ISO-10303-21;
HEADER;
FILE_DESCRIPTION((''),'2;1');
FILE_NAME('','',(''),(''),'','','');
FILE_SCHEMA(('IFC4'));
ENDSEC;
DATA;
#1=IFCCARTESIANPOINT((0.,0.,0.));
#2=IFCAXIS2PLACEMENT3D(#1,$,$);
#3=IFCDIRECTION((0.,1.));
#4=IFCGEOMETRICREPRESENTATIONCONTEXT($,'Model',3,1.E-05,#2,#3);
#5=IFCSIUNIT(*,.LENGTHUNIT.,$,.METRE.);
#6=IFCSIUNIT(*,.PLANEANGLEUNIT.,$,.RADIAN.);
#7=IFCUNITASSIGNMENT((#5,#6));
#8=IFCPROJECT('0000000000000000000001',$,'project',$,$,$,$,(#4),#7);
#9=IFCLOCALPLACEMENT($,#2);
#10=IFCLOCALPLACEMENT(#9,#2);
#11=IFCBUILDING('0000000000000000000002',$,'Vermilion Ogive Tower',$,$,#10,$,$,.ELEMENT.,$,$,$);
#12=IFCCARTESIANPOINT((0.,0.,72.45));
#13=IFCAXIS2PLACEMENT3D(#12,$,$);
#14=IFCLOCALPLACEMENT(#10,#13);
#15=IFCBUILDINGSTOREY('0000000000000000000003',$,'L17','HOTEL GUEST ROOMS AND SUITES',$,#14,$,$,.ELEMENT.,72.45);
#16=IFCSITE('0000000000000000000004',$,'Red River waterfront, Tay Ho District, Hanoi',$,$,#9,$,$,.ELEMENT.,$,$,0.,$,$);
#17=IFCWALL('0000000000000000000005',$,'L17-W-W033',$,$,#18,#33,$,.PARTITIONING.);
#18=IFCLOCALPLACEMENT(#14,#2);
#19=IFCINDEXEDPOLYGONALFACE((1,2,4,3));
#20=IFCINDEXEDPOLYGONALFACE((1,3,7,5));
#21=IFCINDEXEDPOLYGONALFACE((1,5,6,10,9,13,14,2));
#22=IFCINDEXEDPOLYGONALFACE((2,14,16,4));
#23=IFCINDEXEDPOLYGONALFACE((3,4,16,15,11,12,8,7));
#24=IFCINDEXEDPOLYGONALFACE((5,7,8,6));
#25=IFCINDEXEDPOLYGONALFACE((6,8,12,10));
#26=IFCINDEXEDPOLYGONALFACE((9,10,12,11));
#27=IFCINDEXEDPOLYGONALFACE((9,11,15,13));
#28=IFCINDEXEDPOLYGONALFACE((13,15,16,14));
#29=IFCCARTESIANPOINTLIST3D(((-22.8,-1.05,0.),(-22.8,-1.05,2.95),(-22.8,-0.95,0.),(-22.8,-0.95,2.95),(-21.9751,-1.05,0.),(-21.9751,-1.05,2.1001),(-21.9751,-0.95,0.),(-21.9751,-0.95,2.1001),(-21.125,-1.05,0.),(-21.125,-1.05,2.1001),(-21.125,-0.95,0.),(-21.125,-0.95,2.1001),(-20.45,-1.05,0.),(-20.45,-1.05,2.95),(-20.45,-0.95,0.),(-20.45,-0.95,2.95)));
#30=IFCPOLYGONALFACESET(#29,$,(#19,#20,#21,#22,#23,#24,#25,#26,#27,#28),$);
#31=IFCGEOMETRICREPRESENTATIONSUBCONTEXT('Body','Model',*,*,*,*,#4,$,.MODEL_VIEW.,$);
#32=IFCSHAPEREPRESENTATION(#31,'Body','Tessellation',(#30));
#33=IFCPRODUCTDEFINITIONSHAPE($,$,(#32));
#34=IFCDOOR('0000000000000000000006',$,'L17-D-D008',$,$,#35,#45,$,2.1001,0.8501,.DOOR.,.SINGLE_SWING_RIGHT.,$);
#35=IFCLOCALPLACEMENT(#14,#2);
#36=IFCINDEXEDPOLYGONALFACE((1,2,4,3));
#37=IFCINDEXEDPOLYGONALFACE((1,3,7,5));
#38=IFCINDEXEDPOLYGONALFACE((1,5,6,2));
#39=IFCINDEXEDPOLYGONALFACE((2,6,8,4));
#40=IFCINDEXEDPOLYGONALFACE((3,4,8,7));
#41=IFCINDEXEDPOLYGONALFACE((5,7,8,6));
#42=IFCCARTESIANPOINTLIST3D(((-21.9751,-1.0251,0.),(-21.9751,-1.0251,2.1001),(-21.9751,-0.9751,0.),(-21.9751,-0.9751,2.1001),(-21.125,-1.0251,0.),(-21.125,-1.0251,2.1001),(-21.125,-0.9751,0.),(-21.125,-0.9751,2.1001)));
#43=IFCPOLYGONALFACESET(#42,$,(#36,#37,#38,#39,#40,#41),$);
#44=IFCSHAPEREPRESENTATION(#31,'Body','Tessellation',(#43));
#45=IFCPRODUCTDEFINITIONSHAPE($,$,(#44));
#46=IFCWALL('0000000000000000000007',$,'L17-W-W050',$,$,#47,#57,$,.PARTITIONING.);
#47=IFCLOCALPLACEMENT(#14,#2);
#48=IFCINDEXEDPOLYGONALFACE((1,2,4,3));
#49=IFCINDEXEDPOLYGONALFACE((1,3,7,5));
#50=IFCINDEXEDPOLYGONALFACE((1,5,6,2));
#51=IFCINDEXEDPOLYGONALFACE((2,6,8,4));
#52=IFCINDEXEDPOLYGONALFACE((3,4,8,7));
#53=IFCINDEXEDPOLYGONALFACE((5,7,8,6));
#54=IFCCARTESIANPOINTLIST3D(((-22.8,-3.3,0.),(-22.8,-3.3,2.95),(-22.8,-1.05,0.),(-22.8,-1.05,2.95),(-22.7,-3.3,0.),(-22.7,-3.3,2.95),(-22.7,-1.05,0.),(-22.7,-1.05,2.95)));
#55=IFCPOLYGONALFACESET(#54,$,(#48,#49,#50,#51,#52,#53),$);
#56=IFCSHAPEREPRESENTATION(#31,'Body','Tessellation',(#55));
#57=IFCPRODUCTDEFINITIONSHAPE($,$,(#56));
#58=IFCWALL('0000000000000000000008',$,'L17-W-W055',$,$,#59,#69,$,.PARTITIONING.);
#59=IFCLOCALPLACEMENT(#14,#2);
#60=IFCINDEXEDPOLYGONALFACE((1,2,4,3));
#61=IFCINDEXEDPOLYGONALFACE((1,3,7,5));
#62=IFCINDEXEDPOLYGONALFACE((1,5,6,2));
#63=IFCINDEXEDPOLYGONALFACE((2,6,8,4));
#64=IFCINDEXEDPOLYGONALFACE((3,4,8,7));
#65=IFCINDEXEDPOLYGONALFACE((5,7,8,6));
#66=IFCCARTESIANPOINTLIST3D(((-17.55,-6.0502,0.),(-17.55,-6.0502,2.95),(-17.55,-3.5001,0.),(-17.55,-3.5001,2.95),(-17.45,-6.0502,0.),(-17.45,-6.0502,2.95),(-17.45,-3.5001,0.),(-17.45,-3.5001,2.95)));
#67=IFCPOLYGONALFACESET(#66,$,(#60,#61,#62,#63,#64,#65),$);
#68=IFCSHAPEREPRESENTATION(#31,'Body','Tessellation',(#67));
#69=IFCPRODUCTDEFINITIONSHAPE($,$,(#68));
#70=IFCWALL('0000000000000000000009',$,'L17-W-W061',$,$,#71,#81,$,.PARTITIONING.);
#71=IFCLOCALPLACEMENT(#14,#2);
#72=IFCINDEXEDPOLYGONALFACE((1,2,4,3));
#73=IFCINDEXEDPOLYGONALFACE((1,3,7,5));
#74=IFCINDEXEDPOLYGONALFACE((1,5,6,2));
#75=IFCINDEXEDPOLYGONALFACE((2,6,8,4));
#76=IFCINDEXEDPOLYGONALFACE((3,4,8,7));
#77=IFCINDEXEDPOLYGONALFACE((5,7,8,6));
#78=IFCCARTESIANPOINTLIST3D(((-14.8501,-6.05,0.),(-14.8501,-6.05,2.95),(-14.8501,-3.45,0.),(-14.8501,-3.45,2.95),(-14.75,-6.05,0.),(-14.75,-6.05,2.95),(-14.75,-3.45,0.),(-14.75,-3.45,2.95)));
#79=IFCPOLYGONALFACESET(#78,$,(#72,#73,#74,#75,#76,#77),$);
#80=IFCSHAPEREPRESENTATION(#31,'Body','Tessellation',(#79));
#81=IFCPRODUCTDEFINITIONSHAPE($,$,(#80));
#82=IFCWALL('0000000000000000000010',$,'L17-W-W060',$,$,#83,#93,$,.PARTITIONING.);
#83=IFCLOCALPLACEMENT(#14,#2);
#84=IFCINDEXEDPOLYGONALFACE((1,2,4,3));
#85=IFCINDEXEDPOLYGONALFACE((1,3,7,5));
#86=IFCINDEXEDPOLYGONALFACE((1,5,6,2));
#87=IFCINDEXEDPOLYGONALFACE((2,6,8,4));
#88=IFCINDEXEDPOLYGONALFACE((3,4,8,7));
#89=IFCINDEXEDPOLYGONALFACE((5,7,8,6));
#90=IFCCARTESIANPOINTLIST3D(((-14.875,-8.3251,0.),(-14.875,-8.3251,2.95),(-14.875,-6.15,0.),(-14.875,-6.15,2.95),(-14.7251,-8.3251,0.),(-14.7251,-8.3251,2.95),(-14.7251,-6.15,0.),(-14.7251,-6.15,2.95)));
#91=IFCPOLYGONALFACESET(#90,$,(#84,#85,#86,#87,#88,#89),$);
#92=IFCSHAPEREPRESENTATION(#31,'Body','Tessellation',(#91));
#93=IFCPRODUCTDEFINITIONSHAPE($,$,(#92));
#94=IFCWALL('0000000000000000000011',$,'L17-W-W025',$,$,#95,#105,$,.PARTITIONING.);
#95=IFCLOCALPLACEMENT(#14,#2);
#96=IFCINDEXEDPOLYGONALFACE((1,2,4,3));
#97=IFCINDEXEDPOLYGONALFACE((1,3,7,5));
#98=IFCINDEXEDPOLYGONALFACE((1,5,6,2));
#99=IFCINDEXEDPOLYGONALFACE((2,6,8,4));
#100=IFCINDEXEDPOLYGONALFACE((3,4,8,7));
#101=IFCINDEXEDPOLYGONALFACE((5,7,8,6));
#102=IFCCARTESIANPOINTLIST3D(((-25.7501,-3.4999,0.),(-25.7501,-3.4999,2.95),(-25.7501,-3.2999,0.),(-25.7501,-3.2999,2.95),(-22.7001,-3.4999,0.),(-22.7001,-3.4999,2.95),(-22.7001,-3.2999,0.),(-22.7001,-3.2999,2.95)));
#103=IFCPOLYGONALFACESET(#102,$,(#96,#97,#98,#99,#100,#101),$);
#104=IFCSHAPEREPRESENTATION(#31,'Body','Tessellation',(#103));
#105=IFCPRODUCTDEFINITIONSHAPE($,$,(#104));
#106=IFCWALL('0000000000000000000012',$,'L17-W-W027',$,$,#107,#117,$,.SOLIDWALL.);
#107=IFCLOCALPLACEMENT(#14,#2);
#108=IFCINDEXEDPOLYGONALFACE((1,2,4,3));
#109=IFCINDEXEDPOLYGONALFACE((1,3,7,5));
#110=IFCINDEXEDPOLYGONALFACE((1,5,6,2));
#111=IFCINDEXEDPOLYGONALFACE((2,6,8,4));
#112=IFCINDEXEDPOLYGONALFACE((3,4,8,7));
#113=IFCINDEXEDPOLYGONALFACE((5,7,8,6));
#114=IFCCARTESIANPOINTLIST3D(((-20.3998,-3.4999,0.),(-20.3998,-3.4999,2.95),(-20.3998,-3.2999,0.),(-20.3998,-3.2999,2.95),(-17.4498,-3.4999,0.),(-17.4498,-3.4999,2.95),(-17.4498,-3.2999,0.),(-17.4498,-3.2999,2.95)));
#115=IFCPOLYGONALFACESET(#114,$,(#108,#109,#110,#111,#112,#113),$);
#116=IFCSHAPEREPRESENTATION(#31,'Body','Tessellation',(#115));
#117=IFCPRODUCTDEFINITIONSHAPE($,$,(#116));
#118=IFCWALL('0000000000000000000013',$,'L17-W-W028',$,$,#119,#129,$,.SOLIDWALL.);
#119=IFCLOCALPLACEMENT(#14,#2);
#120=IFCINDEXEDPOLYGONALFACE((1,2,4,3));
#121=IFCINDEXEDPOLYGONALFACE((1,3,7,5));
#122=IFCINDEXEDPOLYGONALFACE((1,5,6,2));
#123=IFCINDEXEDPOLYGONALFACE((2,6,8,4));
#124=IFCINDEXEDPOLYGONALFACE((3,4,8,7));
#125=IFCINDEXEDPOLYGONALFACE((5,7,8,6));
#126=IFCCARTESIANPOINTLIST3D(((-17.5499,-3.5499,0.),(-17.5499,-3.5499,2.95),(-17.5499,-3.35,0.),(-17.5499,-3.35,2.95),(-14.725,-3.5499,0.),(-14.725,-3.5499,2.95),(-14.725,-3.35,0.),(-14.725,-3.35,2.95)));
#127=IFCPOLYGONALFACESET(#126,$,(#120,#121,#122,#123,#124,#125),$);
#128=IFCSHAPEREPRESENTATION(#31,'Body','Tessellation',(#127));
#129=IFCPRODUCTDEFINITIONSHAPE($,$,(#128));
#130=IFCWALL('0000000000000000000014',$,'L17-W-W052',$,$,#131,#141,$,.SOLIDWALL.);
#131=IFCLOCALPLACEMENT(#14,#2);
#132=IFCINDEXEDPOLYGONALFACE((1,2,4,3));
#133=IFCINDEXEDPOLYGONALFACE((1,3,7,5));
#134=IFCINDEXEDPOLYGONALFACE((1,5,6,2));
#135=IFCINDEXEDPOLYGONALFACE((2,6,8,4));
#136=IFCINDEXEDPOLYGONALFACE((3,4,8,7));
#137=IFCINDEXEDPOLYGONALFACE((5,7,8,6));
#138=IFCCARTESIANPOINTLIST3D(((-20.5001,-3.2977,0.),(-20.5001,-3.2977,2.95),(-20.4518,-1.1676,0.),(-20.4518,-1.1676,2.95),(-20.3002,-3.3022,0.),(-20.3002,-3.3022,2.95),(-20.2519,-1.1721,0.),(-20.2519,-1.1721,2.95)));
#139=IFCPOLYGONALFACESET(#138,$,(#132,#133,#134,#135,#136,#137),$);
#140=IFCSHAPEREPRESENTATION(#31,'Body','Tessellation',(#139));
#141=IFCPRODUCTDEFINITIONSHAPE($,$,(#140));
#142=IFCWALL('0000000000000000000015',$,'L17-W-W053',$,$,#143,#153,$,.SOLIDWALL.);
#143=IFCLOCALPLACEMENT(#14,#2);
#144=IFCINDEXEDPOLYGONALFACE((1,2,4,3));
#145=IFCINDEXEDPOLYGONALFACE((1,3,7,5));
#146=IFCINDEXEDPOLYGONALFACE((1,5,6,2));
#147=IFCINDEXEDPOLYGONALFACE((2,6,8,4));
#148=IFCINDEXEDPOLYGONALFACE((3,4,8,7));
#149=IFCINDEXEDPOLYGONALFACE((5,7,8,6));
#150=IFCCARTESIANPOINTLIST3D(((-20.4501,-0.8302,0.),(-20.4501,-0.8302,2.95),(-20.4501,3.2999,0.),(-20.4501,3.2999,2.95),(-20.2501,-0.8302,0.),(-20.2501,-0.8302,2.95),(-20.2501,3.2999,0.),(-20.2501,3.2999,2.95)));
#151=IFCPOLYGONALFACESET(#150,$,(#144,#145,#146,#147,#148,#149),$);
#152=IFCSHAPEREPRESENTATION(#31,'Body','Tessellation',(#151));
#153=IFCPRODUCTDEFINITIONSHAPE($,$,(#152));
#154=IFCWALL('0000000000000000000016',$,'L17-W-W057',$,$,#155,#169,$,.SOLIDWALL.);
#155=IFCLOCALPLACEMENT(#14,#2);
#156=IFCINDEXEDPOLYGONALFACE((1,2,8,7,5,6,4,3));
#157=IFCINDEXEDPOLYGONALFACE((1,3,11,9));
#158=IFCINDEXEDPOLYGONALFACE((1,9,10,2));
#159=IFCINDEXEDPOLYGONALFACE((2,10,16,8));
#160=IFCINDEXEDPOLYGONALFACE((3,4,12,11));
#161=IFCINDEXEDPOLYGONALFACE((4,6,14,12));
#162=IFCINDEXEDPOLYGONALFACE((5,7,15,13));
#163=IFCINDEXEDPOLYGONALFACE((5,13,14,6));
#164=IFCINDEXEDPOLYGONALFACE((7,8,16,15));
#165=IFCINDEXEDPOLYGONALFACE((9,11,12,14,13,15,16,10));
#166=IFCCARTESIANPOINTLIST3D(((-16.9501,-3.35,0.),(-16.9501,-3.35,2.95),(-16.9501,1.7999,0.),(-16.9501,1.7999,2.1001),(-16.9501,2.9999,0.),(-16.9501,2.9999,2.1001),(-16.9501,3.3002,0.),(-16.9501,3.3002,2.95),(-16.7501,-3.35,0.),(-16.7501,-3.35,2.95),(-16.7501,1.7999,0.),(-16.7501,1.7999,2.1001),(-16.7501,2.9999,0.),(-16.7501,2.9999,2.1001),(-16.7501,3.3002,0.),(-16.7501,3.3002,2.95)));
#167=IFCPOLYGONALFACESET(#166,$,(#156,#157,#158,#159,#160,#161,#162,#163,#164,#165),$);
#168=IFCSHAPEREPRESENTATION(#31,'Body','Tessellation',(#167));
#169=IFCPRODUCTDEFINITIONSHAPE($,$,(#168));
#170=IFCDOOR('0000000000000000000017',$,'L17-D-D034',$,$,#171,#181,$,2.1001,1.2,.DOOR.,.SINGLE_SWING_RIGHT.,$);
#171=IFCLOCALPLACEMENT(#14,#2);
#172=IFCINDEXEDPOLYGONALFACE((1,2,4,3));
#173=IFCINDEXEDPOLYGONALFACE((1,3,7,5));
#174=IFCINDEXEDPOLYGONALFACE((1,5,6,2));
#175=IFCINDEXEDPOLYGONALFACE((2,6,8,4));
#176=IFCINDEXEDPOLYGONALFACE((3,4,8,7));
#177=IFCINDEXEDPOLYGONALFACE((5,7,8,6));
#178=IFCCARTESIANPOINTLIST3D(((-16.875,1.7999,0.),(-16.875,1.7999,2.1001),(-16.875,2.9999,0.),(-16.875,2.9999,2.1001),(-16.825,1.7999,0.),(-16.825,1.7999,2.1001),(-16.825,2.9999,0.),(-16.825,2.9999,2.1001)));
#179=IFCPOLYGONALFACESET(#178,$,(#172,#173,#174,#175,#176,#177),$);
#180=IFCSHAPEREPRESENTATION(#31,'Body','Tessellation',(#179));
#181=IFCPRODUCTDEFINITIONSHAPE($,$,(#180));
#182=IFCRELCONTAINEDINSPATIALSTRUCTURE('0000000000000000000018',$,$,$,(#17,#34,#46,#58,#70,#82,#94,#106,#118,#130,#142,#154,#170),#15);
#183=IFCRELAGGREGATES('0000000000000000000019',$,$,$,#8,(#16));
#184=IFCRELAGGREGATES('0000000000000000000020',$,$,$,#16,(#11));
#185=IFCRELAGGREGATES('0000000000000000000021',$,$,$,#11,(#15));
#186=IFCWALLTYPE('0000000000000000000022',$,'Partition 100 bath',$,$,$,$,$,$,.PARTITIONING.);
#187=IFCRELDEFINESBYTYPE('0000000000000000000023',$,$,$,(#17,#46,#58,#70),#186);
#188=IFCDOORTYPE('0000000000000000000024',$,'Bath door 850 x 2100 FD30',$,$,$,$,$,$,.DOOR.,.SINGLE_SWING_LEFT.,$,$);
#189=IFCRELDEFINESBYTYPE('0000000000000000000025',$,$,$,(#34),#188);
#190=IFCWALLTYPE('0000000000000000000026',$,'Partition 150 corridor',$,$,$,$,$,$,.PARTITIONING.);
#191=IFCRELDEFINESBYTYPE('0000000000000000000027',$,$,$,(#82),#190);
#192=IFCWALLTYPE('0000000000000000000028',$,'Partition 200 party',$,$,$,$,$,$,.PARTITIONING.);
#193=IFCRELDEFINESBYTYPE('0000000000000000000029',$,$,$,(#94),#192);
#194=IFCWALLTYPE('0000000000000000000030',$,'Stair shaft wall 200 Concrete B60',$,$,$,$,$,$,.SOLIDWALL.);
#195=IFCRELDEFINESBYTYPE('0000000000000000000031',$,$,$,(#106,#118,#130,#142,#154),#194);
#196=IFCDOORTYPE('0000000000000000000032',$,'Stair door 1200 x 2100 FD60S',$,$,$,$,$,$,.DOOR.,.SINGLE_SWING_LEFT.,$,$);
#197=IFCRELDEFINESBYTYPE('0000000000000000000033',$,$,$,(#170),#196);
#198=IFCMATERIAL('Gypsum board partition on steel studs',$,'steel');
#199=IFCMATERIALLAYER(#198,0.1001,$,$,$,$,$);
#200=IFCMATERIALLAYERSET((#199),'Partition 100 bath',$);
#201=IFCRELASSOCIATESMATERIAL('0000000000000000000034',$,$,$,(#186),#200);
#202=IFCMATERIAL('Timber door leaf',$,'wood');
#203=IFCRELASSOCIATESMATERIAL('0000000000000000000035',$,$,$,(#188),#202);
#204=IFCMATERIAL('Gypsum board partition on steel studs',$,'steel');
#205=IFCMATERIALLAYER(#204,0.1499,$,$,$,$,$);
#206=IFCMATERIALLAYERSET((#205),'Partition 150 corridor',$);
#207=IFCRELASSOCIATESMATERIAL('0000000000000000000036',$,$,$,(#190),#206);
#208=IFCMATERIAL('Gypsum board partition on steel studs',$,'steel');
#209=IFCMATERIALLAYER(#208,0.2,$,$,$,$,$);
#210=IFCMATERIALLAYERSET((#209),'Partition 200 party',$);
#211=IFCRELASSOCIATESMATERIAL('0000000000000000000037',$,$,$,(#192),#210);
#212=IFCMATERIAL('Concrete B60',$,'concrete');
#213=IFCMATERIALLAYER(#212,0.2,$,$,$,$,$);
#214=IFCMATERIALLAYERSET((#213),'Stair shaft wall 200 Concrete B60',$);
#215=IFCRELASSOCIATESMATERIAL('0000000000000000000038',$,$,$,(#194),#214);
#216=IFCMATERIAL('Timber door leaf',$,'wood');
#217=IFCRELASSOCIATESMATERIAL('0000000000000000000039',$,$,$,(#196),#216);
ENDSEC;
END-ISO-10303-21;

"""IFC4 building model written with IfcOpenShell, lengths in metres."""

from ifc_helpers import new_model, si_unit, direction, frame, frame_2d, origin, place, context, subcontext, project, spatial, rectangle, extrude, material, layer, layer_set, type_object, element, fill, save


model = new_model("IFC4")

# Units and contexts
model_context = context("Model", 3, precision=1e-05, world=origin(), true_north=direction((0.0, 1.0)))
body_context = subcontext(model_context, "Body", "Model", "MODEL_VIEW")
ifc_project = project(units=[si_unit("LENGTHUNIT", "METRE"), si_unit("PLANEANGLEUNIT", "RADIAN")], contexts=[model_context])

# Site, building, storey
site_placement = place(None, origin())
site = spatial("IfcSite", under=ifc_project, at=site_placement, Name="Red River waterfront, Tay Ho District, Hanoi", CompositionType="ELEMENT", RefElevation=0.0)
building_placement = place(site_placement, origin())
building = spatial("IfcBuilding", under=site, at=building_placement, Name="Vermilion Ogive Tower", CompositionType="ELEMENT")
storey_placement = place(building_placement, frame((0.0, 0.0, 72.45)))
storey = spatial("IfcBuildingStorey", under=building, at=storey_placement, Name="L17", Description="HOTEL GUEST ROOMS AND SUITES", CompositionType="ELEMENT", Elevation=72.45)

# Shared definitions
ifc_material_1 = material(Name="Gypsum board partition on steel studs", Category="steel")
ifc_layer_1 = layer(ifc_material_1, 0.1001)
ifc_layer_set_1 = layer_set([ifc_layer_1], Name="Partition 100 bath")
wall_type_1 = type_object("IfcWallType", Name="Partition 100 bath", PredefinedType="PARTITIONING", material=ifc_layer_set_1)
ifc_material_2 = material(Name="Timber door leaf", Category="wood")
door_type_1 = type_object("IfcDoorType", Name="Bath door 850 x 2100 FD30", OperationType="SINGLE_SWING_LEFT", PredefinedType="DOOR", material=ifc_material_2)

# Wall, opening, door
wall_1_placement = place(storey_placement, frame((-22.8, -1.0, 0.0), z_axis=(0.0, 0.0, 1.0), x_axis=(1.0, 0.0, 0.0)))
wall_1 = element("IfcWall", 1, at=wall_1_placement, inside=storey, type_object=wall_type_1, Name="L17-W-W033", PredefinedType="PARTITIONING", context=body_context, shape_type="SweptSolid", body=[
    extrude(rectangle(XDim=2.3501, YDim=0.1001, at=frame_2d((1.175, 0.0))), origin(), (0.0, 0.0, 1.0), 2.95),
])
opening_1_placement = place(wall_1_placement, frame((0.825, 0.0, 0.0)))
opening_1 = element("IfcOpeningElement", 2, at=opening_1_placement, cuts=wall_1, PredefinedType="OPENING", context=body_context, shape_type="SweptSolid", body=[
    extrude(rectangle(XDim=0.8501, YDim=2.1001, at=frame_2d((0.425, 1.05))), frame((0.0, 0.0601, 0.0), z_axis=(0.0, -1.0, 0.0), x_axis=(1.0, 0.0, 0.0)), (0.0, 0.0, 1.0), 0.1201),
])
door_1_placement = place(opening_1_placement, origin())
door_1 = element("IfcDoor", 3, at=door_1_placement, inside=storey, type_object=door_type_1, Name="L17-D-D008", OperationType="SINGLE_SWING_RIGHT", OverallHeight=2.1001, OverallWidth=0.8501, PredefinedType="DOOR", context=body_context, shape_type="SweptSolid", body=[
    extrude(rectangle(XDim=0.8501, YDim=2.1001, at=frame_2d((0.425, 1.05))), frame((0.0, 0.0249, 0.0), z_axis=(0.0, -1.0, 0.0), x_axis=(1.0, 0.0, 0.0)), (0.0, 0.0, 1.0), 0.05),
])
fill(opening_1, door_1)

# Walls
wall_2_placement = place(storey_placement, frame((-22.75, -3.3, 0.0), z_axis=(0.0, 0.0, 1.0), x_axis=(0.0, 1.0, 0.0)))
element("IfcWall", 4, at=wall_2_placement, inside=storey, type_object=wall_type_1, Name="L17-W-W050", PredefinedType="PARTITIONING", context=body_context, shape_type="SweptSolid", body=[
    extrude(rectangle(XDim=2.25, YDim=0.1001, at=frame_2d((1.125, 0.0))), origin(), (0.0, 0.0, 1.0), 2.95),
])
wall_3_placement = place(storey_placement, frame((-17.5, -6.05, 0.0), z_axis=(0.0, 0.0, 1.0), x_axis=(0.0, 1.0, 0.0)))
element("IfcWall", 5, at=wall_3_placement, inside=storey, type_object=wall_type_1, Name="L17-W-W055", PredefinedType="PARTITIONING", context=body_context, shape_type="SweptSolid", body=[
    extrude(rectangle(XDim=2.55, YDim=0.1001, at=frame_2d((1.2749, 0.0))), origin(), (0.0, 0.0, 1.0), 2.95),
])
wall_4_placement = place(storey_placement, frame((-14.8, -6.05, 0.0), z_axis=(0.0, 0.0, 1.0), x_axis=(0.0, 1.0, 0.0)))
element("IfcWall", 6, at=wall_4_placement, inside=storey, type_object=wall_type_1, Name="L17-W-W061", PredefinedType="PARTITIONING", context=body_context, shape_type="SweptSolid", body=[
    extrude(rectangle(XDim=2.6001, YDim=0.1001, at=frame_2d((1.3, 0.0))), origin(), (0.0, 0.0, 1.0), 2.95),
])
ifc_material_3 = material(Name="Gypsum board partition on steel studs", Category="steel")
ifc_layer_2 = layer(ifc_material_3, 0.1499)
ifc_layer_set_2 = layer_set([ifc_layer_2], Name="Partition 150 corridor")
wall_type_2 = type_object("IfcWallType", Name="Partition 150 corridor", PredefinedType="PARTITIONING", material=ifc_layer_set_2)
wall_5_placement = place(storey_placement, frame((-14.8, -8.325, 0.0), z_axis=(0.0, 0.0, 1.0), x_axis=(0.0, 1.0, 0.0)))
element("IfcWall", 7, at=wall_5_placement, inside=storey, type_object=wall_type_2, Name="L17-W-W060", PredefinedType="PARTITIONING", context=body_context, shape_type="SweptSolid", body=[
    extrude(rectangle(XDim=2.175, YDim=0.1499, at=frame_2d((1.0874, 0.0))), origin(), (0.0, 0.0, 1.0), 2.95),
])
ifc_material_4 = material(Name="Gypsum board partition on steel studs", Category="steel")
ifc_layer_3 = layer(ifc_material_4, 0.2)
ifc_layer_set_3 = layer_set([ifc_layer_3], Name="Partition 200 party")
wall_type_3 = type_object("IfcWallType", Name="Partition 200 party", PredefinedType="PARTITIONING", material=ifc_layer_set_3)
wall_6_placement = place(storey_placement, frame((-25.75, -3.3999, 0.0), z_axis=(0.0, 0.0, 1.0), x_axis=(1.0, 0.0, 0.0)))
element("IfcWall", 8, at=wall_6_placement, inside=storey, type_object=wall_type_3, Name="L17-W-W025", PredefinedType="PARTITIONING", context=body_context, shape_type="SweptSolid", body=[
    extrude(rectangle(XDim=3.05, YDim=0.2, at=frame_2d((1.5249, 0.0))), origin(), (0.0, 0.0, 1.0), 2.95),
])
ifc_material_5 = material(Name="Concrete B60", Category="concrete")
ifc_layer_4 = layer(ifc_material_5, 0.2)
ifc_layer_set_4 = layer_set([ifc_layer_4], Name="Stair shaft wall 200 Concrete B60")
wall_type_4 = type_object("IfcWallType", Name="Stair shaft wall 200 Concrete B60", PredefinedType="SOLIDWALL", material=ifc_layer_set_4)
wall_7_placement = place(storey_placement, frame((-20.3999, -3.3999, 0.0), z_axis=(0.0, 0.0, 1.0), x_axis=(1.0, 0.0, 0.0)))
element("IfcWall", 9, at=wall_7_placement, inside=storey, type_object=wall_type_4, Name="L17-W-W027", PredefinedType="SOLIDWALL", context=body_context, shape_type="SweptSolid", body=[
    extrude(rectangle(XDim=2.95, YDim=0.2, at=frame_2d((1.4751, 0.0))), origin(), (0.0, 0.0, 1.0), 2.95),
])
wall_8_placement = place(storey_placement, frame((-17.55, -3.45, 0.0), z_axis=(0.0, 0.0, 1.0), x_axis=(1.0, 0.0, 0.0)))
element("IfcWall", 10, at=wall_8_placement, inside=storey, type_object=wall_type_4, Name="L17-W-W028", PredefinedType="SOLIDWALL", context=body_context, shape_type="SweptSolid", body=[
    extrude(rectangle(XDim=2.825, YDim=0.2, at=frame_2d((1.4126, 0.0))), origin(), (0.0, 0.0, 1.0), 2.95),
])
wall_9_placement = place(storey_placement, frame((-20.4001, -3.3, 0.0), z_axis=(0.0, 0.0, 1.0), x_axis=(0.022688, 0.999743, 0.0)))
element("IfcWall", 11, at=wall_9_placement, inside=storey, type_object=wall_type_4, Name="L17-W-W052", PredefinedType="SOLIDWALL", context=body_context, shape_type="SweptSolid", body=[
    extrude(rectangle(XDim=2.1306, YDim=0.2, at=frame_2d((1.0654, 0.0))), origin(), (0.0, 0.0, 1.0), 2.95),
])
wall_10_placement = place(storey_placement, frame((-20.3501, -0.8301, 0.0), z_axis=(0.0, 0.0, 1.0), x_axis=(0.0, 1.0, 0.0)))
element("IfcWall", 12, at=wall_10_placement, inside=storey, type_object=wall_type_4, Name="L17-W-W053", PredefinedType="SOLIDWALL", context=body_context, shape_type="SweptSolid", body=[
    extrude(rectangle(XDim=4.1301, YDim=0.2, at=frame_2d((2.0649, 0.0))), origin(), (0.0, 0.0, 1.0), 2.95),
])

# Wall, opening, door
wall_11_placement = place(storey_placement, frame((-16.8501, -3.3501, 0.0), z_axis=(0.0, 0.0, 1.0), x_axis=(0.0, 1.0, 0.0)))
wall_11 = element("IfcWall", 13, at=wall_11_placement, inside=storey, type_object=wall_type_4, Name="L17-W-W057", PredefinedType="SOLIDWALL", context=body_context, shape_type="SweptSolid", body=[
    extrude(rectangle(XDim=6.6501, YDim=0.2, at=frame_2d((3.3252, 0.0))), origin(), (0.0, 0.0, 1.0), 2.95),
])
opening_2_placement = place(wall_11_placement, frame((5.1499, 0.0, 0.0)))
opening_2 = element("IfcOpeningElement", 14, at=opening_2_placement, cuts=wall_11, PredefinedType="OPENING", context=body_context, shape_type="SweptSolid", body=[
    extrude(rectangle(XDim=1.2, YDim=2.1001, at=frame_2d((0.6001, 1.05))), frame((0.0, 0.1099, 0.0), z_axis=(0.0, -1.0, 0.0), x_axis=(1.0, 0.0, 0.0)), (0.0, 0.0, 1.0), 0.22),
])
ifc_material_6 = material(Name="Timber door leaf", Category="wood")
door_type_2 = type_object("IfcDoorType", Name="Stair door 1200 x 2100 FD60S", OperationType="SINGLE_SWING_LEFT", PredefinedType="DOOR", material=ifc_material_6)
door_2_placement = place(opening_2_placement, origin())
door_2 = element("IfcDoor", 15, at=door_2_placement, inside=storey, type_object=door_type_2, Name="L17-D-D034", OperationType="SINGLE_SWING_RIGHT", OverallHeight=2.1001, OverallWidth=1.2, PredefinedType="DOOR", context=body_context, shape_type="SweptSolid", body=[
    extrude(rectangle(XDim=1.2, YDim=2.1001, at=frame_2d((0.6001, 1.05))), frame((0.0, 0.0249, 0.0), z_axis=(0.0, -1.0, 0.0), x_axis=(1.0, 0.0, 0.0)), (0.0, 0.0, 1.0), 0.05),
])
fill(opening_2, door_2)

save(model, "model.ifc")
